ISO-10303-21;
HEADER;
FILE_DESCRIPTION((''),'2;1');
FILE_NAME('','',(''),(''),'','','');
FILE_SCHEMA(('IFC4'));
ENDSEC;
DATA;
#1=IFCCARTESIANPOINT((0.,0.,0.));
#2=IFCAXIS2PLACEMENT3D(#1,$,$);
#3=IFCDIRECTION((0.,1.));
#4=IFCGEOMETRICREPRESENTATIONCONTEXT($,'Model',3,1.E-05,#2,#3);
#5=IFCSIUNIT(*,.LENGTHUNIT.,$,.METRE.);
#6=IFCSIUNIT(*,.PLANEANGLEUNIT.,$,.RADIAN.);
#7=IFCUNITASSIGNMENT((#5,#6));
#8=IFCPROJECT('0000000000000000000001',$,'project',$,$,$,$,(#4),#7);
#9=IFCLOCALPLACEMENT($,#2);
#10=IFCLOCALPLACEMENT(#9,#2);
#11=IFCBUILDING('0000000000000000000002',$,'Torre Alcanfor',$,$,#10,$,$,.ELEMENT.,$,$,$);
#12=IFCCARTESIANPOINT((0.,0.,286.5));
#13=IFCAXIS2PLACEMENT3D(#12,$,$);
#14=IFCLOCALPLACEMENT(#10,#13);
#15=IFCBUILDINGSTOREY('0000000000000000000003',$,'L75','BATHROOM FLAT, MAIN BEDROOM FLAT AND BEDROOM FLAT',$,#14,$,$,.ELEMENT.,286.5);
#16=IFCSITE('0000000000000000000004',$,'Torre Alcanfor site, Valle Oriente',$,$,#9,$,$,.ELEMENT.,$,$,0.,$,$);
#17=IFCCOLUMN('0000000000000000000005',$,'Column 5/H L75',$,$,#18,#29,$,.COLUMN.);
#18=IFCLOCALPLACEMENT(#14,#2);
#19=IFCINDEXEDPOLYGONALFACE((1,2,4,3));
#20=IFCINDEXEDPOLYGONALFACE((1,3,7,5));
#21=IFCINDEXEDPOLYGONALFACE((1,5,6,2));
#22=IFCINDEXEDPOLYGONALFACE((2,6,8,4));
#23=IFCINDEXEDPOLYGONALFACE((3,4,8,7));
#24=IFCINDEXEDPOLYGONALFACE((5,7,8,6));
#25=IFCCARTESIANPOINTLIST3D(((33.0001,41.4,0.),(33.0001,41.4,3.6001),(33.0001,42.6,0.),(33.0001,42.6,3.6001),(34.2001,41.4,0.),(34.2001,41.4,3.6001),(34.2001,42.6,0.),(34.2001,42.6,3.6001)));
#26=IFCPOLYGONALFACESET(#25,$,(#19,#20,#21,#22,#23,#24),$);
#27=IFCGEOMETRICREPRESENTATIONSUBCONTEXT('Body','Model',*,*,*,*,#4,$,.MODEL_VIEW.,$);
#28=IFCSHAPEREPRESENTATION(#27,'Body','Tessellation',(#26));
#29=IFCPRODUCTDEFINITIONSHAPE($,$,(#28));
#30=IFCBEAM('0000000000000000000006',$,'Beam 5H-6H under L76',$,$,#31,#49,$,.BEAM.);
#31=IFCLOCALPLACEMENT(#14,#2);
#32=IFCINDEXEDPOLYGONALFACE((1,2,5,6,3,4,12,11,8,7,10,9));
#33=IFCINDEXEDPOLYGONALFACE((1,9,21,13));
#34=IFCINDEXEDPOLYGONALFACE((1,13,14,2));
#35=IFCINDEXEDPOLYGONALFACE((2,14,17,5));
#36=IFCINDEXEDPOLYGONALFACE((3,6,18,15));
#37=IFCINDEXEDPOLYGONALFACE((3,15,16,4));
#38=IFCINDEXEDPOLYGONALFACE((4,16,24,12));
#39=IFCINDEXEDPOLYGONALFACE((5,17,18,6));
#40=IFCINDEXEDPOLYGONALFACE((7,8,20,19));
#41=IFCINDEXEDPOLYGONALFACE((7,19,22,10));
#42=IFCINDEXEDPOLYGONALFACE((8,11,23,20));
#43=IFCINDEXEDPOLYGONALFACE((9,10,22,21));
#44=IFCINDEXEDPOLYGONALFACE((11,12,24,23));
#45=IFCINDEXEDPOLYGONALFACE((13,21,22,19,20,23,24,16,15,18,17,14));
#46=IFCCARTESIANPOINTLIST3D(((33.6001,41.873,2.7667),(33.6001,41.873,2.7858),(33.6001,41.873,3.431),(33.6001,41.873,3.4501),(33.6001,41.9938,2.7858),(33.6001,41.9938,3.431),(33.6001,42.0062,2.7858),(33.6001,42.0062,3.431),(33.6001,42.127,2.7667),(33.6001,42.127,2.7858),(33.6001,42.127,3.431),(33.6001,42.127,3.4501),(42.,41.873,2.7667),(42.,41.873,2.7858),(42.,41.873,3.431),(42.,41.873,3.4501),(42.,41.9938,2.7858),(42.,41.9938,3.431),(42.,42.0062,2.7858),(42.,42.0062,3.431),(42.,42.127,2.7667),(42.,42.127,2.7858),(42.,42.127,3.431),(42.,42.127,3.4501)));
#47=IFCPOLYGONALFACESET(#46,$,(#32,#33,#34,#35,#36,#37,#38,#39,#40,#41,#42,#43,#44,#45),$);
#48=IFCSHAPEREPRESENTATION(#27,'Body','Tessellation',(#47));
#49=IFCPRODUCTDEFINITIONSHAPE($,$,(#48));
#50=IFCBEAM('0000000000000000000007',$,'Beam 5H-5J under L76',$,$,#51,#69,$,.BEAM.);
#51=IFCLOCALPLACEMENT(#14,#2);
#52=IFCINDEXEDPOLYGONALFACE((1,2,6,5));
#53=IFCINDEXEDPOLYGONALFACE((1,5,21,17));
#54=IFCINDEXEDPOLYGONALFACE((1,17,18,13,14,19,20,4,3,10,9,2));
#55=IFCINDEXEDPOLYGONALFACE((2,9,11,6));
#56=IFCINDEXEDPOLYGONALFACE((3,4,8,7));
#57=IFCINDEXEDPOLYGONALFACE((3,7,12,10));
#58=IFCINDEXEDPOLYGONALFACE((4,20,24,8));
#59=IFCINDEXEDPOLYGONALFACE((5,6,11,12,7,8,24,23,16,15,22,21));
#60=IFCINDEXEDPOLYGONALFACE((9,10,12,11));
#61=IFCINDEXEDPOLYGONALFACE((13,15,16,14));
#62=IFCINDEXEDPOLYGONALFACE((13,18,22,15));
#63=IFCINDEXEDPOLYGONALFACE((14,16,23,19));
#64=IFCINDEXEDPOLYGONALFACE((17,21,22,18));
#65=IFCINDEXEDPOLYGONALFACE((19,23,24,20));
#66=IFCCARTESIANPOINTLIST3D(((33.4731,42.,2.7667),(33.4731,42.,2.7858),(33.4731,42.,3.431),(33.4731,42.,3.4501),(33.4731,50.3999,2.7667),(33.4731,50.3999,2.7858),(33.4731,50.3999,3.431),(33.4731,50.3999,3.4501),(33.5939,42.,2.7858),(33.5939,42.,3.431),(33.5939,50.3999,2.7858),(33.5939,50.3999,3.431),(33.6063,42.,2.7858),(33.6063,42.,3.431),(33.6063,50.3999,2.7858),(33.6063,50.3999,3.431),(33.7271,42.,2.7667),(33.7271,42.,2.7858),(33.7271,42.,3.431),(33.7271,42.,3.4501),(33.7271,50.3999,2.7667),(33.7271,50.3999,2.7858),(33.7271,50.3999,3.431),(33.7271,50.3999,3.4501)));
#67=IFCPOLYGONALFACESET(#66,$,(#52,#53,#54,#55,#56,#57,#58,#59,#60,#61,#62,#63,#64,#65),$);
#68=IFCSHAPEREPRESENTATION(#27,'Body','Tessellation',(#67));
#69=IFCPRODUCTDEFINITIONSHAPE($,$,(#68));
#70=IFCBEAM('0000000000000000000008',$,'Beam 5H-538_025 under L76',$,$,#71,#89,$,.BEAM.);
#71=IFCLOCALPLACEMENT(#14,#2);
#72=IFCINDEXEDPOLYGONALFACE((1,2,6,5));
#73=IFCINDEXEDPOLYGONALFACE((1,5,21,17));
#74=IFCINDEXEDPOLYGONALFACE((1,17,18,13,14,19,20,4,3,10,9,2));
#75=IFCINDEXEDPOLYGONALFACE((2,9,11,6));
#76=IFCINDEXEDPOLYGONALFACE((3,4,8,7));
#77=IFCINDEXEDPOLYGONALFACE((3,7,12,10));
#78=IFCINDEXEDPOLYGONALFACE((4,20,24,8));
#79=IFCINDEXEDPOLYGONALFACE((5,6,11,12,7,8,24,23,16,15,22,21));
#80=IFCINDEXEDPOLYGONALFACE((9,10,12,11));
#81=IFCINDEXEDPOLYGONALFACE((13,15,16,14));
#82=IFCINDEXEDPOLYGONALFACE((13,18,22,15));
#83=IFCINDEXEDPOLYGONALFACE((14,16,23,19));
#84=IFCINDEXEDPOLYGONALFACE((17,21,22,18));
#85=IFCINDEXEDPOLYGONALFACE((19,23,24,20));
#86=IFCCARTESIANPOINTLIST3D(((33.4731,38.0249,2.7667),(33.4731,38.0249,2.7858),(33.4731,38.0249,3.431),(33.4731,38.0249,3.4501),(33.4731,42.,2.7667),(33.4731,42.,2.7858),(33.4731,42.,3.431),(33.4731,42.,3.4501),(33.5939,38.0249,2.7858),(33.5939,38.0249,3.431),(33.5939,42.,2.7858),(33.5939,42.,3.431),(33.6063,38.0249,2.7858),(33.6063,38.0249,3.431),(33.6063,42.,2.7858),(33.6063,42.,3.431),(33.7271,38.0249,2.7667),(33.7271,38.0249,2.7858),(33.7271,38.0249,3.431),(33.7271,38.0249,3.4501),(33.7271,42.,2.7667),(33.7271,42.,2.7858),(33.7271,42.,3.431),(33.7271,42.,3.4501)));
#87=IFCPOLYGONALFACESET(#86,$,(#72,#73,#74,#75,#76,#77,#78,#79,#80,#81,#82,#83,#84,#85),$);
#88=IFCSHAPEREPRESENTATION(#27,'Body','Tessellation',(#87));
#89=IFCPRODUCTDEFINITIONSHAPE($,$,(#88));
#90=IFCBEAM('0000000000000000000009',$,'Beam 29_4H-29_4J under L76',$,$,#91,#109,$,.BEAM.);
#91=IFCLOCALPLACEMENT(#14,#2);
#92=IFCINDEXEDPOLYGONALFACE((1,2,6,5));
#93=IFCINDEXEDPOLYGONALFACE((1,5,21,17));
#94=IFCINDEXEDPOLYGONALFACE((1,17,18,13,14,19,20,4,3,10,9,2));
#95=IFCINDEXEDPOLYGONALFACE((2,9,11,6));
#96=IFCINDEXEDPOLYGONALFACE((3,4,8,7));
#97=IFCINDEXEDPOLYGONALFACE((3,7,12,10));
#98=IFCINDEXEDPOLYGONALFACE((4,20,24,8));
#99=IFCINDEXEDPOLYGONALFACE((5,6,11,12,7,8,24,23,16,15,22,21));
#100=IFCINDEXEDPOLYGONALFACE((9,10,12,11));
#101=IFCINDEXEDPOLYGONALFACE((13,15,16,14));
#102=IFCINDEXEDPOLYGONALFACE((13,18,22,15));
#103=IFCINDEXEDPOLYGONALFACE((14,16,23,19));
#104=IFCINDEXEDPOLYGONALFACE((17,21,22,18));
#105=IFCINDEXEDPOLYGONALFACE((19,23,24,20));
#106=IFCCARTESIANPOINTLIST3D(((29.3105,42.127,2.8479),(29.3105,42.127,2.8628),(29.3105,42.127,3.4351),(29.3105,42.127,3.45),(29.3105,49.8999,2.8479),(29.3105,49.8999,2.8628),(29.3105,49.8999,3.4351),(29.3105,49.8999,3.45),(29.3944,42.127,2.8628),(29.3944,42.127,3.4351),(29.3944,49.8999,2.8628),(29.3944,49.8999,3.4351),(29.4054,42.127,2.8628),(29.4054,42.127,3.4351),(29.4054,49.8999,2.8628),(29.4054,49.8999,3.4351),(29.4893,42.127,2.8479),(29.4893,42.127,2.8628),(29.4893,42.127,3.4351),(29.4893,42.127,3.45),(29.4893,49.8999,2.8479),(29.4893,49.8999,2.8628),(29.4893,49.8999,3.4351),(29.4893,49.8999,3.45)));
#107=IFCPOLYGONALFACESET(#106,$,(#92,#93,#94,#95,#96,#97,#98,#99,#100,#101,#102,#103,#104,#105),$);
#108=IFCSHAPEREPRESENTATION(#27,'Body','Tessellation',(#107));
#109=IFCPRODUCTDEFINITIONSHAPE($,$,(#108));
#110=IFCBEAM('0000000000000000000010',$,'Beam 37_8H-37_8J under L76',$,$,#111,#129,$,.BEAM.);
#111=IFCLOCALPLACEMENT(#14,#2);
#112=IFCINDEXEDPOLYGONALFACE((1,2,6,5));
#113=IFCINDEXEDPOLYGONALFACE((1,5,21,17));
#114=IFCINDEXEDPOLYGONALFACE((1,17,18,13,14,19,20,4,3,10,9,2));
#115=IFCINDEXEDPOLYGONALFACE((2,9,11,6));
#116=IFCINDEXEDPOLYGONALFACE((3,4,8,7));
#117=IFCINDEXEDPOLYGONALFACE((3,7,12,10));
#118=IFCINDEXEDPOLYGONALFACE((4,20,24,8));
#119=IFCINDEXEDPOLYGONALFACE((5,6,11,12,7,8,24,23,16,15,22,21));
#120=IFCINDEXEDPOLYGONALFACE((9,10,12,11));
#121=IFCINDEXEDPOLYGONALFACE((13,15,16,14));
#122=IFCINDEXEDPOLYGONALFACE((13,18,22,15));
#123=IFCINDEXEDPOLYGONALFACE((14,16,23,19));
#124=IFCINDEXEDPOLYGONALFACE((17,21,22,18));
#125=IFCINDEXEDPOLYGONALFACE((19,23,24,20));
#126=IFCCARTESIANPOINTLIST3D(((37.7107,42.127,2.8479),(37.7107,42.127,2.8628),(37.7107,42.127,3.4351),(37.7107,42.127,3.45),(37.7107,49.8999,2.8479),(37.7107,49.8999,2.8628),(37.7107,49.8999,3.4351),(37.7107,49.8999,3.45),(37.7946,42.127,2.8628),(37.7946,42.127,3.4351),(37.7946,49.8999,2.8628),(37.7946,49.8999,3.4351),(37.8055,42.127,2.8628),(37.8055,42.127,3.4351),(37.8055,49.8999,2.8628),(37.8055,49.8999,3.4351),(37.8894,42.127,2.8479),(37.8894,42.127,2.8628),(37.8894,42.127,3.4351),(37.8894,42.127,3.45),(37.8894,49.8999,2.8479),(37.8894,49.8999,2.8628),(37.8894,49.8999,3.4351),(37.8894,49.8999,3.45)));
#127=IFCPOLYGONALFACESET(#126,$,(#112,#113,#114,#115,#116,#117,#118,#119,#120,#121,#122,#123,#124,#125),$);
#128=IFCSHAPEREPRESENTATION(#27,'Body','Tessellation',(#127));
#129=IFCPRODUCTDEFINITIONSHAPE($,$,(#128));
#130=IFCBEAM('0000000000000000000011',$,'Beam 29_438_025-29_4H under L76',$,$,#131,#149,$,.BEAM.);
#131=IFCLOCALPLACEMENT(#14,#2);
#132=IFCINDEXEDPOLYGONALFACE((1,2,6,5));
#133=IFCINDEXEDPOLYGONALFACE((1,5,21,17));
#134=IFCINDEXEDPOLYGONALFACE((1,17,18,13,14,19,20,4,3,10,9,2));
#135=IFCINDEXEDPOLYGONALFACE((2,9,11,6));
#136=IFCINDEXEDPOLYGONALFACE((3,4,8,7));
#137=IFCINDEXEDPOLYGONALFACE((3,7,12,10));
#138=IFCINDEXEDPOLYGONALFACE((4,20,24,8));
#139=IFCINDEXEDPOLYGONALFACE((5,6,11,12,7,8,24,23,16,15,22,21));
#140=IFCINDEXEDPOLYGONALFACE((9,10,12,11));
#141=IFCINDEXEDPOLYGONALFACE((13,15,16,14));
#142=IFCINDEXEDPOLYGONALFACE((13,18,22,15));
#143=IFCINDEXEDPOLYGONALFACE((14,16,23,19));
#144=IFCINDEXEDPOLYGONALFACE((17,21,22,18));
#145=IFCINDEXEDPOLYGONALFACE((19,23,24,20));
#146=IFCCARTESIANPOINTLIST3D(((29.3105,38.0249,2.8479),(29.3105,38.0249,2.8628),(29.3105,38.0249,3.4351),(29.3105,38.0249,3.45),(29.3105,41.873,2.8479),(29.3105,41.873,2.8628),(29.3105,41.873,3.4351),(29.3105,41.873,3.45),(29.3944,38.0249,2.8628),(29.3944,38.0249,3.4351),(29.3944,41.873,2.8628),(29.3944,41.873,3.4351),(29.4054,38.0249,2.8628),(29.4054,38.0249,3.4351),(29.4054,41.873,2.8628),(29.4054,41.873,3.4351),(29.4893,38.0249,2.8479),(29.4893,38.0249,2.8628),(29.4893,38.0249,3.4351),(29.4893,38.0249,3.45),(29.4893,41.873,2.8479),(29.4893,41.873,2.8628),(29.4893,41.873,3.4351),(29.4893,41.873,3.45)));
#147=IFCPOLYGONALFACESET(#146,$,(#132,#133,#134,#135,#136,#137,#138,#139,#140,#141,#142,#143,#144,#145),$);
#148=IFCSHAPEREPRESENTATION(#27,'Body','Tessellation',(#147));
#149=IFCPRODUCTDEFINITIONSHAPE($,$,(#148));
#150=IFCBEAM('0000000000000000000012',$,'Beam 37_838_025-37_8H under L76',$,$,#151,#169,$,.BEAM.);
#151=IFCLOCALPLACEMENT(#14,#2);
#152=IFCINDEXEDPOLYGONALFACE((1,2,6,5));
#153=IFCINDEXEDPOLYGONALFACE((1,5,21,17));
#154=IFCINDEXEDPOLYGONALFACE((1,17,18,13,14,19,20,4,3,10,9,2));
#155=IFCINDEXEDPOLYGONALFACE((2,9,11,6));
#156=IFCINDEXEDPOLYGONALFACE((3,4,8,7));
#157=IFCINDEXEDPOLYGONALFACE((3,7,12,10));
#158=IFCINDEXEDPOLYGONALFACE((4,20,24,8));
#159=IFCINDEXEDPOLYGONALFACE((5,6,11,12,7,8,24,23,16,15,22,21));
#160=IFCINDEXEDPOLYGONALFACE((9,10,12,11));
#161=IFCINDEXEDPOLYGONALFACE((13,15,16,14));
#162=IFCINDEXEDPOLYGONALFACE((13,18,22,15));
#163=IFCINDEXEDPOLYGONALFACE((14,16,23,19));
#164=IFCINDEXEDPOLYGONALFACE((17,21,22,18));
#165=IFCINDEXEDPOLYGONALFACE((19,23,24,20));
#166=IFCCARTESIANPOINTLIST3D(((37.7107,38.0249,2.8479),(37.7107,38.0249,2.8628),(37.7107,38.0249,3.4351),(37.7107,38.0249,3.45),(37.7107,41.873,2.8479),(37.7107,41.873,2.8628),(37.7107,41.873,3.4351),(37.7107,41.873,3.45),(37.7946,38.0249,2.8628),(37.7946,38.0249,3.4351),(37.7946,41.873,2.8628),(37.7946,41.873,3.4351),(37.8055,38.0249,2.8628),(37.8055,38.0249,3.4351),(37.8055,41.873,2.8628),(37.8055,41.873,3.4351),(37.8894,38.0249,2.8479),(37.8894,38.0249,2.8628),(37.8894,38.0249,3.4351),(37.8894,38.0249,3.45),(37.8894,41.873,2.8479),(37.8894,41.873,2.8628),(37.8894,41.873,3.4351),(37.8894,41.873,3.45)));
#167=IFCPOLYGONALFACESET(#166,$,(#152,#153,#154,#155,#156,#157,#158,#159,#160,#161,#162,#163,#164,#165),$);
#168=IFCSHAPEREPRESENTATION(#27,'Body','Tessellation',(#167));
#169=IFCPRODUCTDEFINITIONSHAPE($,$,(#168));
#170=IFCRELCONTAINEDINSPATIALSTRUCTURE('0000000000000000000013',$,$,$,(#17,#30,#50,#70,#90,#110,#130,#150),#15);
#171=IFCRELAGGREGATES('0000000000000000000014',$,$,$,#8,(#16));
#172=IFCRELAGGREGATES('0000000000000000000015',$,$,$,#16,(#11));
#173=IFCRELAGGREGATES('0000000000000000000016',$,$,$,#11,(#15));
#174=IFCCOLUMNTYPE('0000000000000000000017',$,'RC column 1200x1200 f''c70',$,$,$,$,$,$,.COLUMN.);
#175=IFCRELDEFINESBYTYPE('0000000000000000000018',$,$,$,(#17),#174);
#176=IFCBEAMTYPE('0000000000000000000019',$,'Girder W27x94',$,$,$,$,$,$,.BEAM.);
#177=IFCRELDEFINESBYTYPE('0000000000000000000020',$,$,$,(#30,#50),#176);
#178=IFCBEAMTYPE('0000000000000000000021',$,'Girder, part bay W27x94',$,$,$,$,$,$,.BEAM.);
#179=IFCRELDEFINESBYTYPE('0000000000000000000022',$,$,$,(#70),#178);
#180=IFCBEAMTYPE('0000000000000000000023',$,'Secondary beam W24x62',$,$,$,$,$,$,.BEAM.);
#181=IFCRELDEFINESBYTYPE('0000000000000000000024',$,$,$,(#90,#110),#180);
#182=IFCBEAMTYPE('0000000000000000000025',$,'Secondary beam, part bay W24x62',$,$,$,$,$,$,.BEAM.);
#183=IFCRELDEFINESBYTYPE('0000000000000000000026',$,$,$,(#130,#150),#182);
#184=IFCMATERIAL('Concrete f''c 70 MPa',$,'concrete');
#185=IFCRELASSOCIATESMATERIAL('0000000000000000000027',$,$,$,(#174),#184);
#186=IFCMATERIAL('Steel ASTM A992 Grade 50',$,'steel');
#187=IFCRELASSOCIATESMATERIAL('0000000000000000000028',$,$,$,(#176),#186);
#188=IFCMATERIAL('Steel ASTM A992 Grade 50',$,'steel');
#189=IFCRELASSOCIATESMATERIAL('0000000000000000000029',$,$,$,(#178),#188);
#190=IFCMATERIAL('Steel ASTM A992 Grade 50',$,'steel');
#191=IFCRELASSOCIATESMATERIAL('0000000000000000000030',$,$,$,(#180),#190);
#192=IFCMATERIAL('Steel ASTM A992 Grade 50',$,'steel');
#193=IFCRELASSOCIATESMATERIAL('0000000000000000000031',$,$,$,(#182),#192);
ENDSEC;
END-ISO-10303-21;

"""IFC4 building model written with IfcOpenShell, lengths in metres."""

from ifc_helpers import new_model, si_unit, direction, frame, origin, origin_2d, place, context, subcontext, project, spatial, rectangle, i_section, extrude, material, material_profile, profile_set, type_object, element, save


model = new_model("IFC4")

# Units and contexts
model_context = context("Model", 3, precision=1e-05, world=origin(), true_north=direction((0.0, 1.0)))
body_context = subcontext(model_context, "Body", "Model", "MODEL_VIEW")
ifc_project = project(units=[si_unit("LENGTHUNIT", "METRE"), si_unit("PLANEANGLEUNIT", "RADIAN")], contexts=[model_context])

# Site, building, storey
site_placement = place(None, origin())
site = spatial("IfcSite", under=ifc_project, at=site_placement, Name="Torre Alcanfor site, Valle Oriente", CompositionType="ELEMENT", RefElevation=0.0)
building_placement = place(site_placement, origin())
building = spatial("IfcBuilding", under=site, at=building_placement, Name="Torre Alcanfor", CompositionType="ELEMENT")
storey_placement = place(building_placement, frame((0.0, 0.0, 286.5)))
storey = spatial("IfcBuildingStorey", under=building, at=storey_placement, Name="L75", Description="BATHROOM FLAT, MAIN BEDROOM FLAT AND BEDROOM FLAT", CompositionType="ELEMENT", Elevation=286.5)

# Column
ifc_material_1 = material(Name="Concrete f'c 70 MPa", Category="concrete")
ifc_material_profile_1 = material_profile(ifc_material_1, rectangle(XDim=1.2, YDim=1.2, at=origin_2d()), Name="1200x1200")
ifc_profile_set_1 = profile_set([ifc_material_profile_1], Name="Concrete f'c 70 MPa")
column_type = type_object("IfcColumnType", Name="RC column 1200x1200 f'c70", PredefinedType="COLUMN", material=ifc_profile_set_1)
column_placement = place(storey_placement, frame((33.6001, 42.0, 0.0), z_axis=(0.0, 0.0, 1.0), x_axis=(1.0, 0.0, 0.0)))
element("IfcColumn", 1, at=column_placement, inside=storey, type_object=column_type, Name="Column 5/H L75", PredefinedType="COLUMN", context=body_context, shape_type="SweptSolid", body=[
    extrude(rectangle(XDim=1.2, YDim=1.2, at=origin_2d()), origin(), (0.0, 0.0, 1.0), 3.6001),
])

# Beams
ifc_material_2 = material(Name="Steel ASTM A992 Grade 50", Category="steel")
ifc_material_profile_2 = material_profile(ifc_material_2, i_section(OverallWidth=0.2539, OverallDepth=0.6833, WebThickness=0.0125, FlangeThickness=0.019, at=origin_2d()), Name="W27x94")
ifc_profile_set_2 = profile_set([ifc_material_profile_2], Name="Steel ASTM A992 Grade 50")
beam_type_1 = type_object("IfcBeamType", Name="Girder W27x94", PredefinedType="BEAM", material=ifc_profile_set_2)
for number, where, z_axis, x_axis, name in (
    (2, (33.6001, 42.0, 3.1084), (1.0, 0.0, 0.0), (0.0, 1.0, 0.0), "Beam 5H-6H under L76"),
    (3, (33.6001, 42.0, 3.1084), (0.0, 1.0, 0.0), (-1.0, 0.0, 0.0), "Beam 5H-5J under L76"),
):
    element("IfcBeam", number, at=place(storey_placement, frame(where, z_axis=z_axis, x_axis=x_axis)), inside=storey, type_object=beam_type_1, Name=name, PredefinedType="BEAM", context=body_context, shape_type="SweptSolid", body=[
        extrude(i_section(OverallWidth=0.2539, OverallDepth=0.6833, WebThickness=0.0125, FlangeThickness=0.019, at=origin_2d()), origin(), (0.0, 0.0, 1.0), 8.3999),
    ])
ifc_material_3 = material(Name="Steel ASTM A992 Grade 50", Category="steel")
ifc_material_profile_3 = material_profile(ifc_material_3, i_section(OverallWidth=0.2539, OverallDepth=0.6833, WebThickness=0.0125, FlangeThickness=0.019, at=origin_2d()), Name="W27x94")
ifc_profile_set_3 = profile_set([ifc_material_profile_3], Name="Steel ASTM A992 Grade 50")
beam_type_2 = type_object("IfcBeamType", Name="Girder, part bay W27x94", PredefinedType="BEAM", material=ifc_profile_set_3)
beam_1_placement = place(storey_placement, frame((33.6001, 42.0, 3.1084), z_axis=(0.0, -1.0, 0.0), x_axis=(1.0, 0.0, 0.0)))
element("IfcBeam", 4, at=beam_1_placement, inside=storey, type_object=beam_type_2, Name="Beam 5H-538_025 under L76", PredefinedType="BEAM", context=body_context, shape_type="SweptSolid", body=[
    extrude(i_section(OverallWidth=0.2539, OverallDepth=0.6833, WebThickness=0.0125, FlangeThickness=0.019, at=origin_2d()), origin(), (0.0, 0.0, 1.0), 3.9751),
])
ifc_material_4 = material(Name="Steel ASTM A992 Grade 50", Category="steel")
ifc_material_profile_4 = material_profile(ifc_material_4, i_section(OverallWidth=0.1787, OverallDepth=0.6021, WebThickness=0.011, FlangeThickness=0.0149, at=origin_2d()), Name="W24x62")
ifc_profile_set_4 = profile_set([ifc_material_profile_4], Name="Steel ASTM A992 Grade 50")
beam_type_3 = type_object("IfcBeamType", Name="Secondary beam W24x62", PredefinedType="BEAM", material=ifc_profile_set_4)
for number, where, z_axis, x_axis, name in (
    (5, (29.3999, 42.127, 3.1489), (0.0, 1.0, 0.0), (-1.0, 0.0, 0.0), "Beam 29_4H-29_4J under L76"),
    (6, (37.8, 42.127, 3.1489), (0.0, 1.0, 0.0), (-1.0, 0.0, 0.0), "Beam 37_8H-37_8J under L76"),
):
    element("IfcBeam", number, at=place(storey_placement, frame(where, z_axis=z_axis, x_axis=x_axis)), inside=storey, type_object=beam_type_3, Name=name, PredefinedType="BEAM", context=body_context, shape_type="SweptSolid", body=[
        extrude(i_section(OverallWidth=0.1787, OverallDepth=0.6021, WebThickness=0.011, FlangeThickness=0.0149, at=origin_2d()), origin(), (0.0, 0.0, 1.0), 7.7729),
    ])
ifc_material_5 = material(Name="Steel ASTM A992 Grade 50", Category="steel")
ifc_material_profile_5 = material_profile(ifc_material_5, i_section(OverallWidth=0.1787, OverallDepth=0.6021, WebThickness=0.011, FlangeThickness=0.0149, at=origin_2d()), Name="W24x62")
ifc_profile_set_5 = profile_set([ifc_material_profile_5], Name="Steel ASTM A992 Grade 50")
beam_type_4 = type_object("IfcBeamType", Name="Secondary beam, part bay W24x62", PredefinedType="BEAM", material=ifc_profile_set_5)
for number, where, z_axis, x_axis, name in (
    (7, (29.3999, 38.0249, 3.1489), (0.0, 1.0, 0.0), (-1.0, 0.0, 0.0), "Beam 29_438_025-29_4H under L76"),
    (8, (37.8, 38.0249, 3.1489), (0.0, 1.0, 0.0), (-1.0, 0.0, 0.0), "Beam 37_838_025-37_8H under L76"),
):
    element("IfcBeam", number, at=place(storey_placement, frame(where, z_axis=z_axis, x_axis=x_axis)), inside=storey, type_object=beam_type_4, Name=name, PredefinedType="BEAM", context=body_context, shape_type="SweptSolid", body=[
        extrude(i_section(OverallWidth=0.1787, OverallDepth=0.6021, WebThickness=0.011, FlangeThickness=0.0149, at=origin_2d()), origin(), (0.0, 0.0, 1.0), 3.8481),
    ])

save(model, "model.ifc")
